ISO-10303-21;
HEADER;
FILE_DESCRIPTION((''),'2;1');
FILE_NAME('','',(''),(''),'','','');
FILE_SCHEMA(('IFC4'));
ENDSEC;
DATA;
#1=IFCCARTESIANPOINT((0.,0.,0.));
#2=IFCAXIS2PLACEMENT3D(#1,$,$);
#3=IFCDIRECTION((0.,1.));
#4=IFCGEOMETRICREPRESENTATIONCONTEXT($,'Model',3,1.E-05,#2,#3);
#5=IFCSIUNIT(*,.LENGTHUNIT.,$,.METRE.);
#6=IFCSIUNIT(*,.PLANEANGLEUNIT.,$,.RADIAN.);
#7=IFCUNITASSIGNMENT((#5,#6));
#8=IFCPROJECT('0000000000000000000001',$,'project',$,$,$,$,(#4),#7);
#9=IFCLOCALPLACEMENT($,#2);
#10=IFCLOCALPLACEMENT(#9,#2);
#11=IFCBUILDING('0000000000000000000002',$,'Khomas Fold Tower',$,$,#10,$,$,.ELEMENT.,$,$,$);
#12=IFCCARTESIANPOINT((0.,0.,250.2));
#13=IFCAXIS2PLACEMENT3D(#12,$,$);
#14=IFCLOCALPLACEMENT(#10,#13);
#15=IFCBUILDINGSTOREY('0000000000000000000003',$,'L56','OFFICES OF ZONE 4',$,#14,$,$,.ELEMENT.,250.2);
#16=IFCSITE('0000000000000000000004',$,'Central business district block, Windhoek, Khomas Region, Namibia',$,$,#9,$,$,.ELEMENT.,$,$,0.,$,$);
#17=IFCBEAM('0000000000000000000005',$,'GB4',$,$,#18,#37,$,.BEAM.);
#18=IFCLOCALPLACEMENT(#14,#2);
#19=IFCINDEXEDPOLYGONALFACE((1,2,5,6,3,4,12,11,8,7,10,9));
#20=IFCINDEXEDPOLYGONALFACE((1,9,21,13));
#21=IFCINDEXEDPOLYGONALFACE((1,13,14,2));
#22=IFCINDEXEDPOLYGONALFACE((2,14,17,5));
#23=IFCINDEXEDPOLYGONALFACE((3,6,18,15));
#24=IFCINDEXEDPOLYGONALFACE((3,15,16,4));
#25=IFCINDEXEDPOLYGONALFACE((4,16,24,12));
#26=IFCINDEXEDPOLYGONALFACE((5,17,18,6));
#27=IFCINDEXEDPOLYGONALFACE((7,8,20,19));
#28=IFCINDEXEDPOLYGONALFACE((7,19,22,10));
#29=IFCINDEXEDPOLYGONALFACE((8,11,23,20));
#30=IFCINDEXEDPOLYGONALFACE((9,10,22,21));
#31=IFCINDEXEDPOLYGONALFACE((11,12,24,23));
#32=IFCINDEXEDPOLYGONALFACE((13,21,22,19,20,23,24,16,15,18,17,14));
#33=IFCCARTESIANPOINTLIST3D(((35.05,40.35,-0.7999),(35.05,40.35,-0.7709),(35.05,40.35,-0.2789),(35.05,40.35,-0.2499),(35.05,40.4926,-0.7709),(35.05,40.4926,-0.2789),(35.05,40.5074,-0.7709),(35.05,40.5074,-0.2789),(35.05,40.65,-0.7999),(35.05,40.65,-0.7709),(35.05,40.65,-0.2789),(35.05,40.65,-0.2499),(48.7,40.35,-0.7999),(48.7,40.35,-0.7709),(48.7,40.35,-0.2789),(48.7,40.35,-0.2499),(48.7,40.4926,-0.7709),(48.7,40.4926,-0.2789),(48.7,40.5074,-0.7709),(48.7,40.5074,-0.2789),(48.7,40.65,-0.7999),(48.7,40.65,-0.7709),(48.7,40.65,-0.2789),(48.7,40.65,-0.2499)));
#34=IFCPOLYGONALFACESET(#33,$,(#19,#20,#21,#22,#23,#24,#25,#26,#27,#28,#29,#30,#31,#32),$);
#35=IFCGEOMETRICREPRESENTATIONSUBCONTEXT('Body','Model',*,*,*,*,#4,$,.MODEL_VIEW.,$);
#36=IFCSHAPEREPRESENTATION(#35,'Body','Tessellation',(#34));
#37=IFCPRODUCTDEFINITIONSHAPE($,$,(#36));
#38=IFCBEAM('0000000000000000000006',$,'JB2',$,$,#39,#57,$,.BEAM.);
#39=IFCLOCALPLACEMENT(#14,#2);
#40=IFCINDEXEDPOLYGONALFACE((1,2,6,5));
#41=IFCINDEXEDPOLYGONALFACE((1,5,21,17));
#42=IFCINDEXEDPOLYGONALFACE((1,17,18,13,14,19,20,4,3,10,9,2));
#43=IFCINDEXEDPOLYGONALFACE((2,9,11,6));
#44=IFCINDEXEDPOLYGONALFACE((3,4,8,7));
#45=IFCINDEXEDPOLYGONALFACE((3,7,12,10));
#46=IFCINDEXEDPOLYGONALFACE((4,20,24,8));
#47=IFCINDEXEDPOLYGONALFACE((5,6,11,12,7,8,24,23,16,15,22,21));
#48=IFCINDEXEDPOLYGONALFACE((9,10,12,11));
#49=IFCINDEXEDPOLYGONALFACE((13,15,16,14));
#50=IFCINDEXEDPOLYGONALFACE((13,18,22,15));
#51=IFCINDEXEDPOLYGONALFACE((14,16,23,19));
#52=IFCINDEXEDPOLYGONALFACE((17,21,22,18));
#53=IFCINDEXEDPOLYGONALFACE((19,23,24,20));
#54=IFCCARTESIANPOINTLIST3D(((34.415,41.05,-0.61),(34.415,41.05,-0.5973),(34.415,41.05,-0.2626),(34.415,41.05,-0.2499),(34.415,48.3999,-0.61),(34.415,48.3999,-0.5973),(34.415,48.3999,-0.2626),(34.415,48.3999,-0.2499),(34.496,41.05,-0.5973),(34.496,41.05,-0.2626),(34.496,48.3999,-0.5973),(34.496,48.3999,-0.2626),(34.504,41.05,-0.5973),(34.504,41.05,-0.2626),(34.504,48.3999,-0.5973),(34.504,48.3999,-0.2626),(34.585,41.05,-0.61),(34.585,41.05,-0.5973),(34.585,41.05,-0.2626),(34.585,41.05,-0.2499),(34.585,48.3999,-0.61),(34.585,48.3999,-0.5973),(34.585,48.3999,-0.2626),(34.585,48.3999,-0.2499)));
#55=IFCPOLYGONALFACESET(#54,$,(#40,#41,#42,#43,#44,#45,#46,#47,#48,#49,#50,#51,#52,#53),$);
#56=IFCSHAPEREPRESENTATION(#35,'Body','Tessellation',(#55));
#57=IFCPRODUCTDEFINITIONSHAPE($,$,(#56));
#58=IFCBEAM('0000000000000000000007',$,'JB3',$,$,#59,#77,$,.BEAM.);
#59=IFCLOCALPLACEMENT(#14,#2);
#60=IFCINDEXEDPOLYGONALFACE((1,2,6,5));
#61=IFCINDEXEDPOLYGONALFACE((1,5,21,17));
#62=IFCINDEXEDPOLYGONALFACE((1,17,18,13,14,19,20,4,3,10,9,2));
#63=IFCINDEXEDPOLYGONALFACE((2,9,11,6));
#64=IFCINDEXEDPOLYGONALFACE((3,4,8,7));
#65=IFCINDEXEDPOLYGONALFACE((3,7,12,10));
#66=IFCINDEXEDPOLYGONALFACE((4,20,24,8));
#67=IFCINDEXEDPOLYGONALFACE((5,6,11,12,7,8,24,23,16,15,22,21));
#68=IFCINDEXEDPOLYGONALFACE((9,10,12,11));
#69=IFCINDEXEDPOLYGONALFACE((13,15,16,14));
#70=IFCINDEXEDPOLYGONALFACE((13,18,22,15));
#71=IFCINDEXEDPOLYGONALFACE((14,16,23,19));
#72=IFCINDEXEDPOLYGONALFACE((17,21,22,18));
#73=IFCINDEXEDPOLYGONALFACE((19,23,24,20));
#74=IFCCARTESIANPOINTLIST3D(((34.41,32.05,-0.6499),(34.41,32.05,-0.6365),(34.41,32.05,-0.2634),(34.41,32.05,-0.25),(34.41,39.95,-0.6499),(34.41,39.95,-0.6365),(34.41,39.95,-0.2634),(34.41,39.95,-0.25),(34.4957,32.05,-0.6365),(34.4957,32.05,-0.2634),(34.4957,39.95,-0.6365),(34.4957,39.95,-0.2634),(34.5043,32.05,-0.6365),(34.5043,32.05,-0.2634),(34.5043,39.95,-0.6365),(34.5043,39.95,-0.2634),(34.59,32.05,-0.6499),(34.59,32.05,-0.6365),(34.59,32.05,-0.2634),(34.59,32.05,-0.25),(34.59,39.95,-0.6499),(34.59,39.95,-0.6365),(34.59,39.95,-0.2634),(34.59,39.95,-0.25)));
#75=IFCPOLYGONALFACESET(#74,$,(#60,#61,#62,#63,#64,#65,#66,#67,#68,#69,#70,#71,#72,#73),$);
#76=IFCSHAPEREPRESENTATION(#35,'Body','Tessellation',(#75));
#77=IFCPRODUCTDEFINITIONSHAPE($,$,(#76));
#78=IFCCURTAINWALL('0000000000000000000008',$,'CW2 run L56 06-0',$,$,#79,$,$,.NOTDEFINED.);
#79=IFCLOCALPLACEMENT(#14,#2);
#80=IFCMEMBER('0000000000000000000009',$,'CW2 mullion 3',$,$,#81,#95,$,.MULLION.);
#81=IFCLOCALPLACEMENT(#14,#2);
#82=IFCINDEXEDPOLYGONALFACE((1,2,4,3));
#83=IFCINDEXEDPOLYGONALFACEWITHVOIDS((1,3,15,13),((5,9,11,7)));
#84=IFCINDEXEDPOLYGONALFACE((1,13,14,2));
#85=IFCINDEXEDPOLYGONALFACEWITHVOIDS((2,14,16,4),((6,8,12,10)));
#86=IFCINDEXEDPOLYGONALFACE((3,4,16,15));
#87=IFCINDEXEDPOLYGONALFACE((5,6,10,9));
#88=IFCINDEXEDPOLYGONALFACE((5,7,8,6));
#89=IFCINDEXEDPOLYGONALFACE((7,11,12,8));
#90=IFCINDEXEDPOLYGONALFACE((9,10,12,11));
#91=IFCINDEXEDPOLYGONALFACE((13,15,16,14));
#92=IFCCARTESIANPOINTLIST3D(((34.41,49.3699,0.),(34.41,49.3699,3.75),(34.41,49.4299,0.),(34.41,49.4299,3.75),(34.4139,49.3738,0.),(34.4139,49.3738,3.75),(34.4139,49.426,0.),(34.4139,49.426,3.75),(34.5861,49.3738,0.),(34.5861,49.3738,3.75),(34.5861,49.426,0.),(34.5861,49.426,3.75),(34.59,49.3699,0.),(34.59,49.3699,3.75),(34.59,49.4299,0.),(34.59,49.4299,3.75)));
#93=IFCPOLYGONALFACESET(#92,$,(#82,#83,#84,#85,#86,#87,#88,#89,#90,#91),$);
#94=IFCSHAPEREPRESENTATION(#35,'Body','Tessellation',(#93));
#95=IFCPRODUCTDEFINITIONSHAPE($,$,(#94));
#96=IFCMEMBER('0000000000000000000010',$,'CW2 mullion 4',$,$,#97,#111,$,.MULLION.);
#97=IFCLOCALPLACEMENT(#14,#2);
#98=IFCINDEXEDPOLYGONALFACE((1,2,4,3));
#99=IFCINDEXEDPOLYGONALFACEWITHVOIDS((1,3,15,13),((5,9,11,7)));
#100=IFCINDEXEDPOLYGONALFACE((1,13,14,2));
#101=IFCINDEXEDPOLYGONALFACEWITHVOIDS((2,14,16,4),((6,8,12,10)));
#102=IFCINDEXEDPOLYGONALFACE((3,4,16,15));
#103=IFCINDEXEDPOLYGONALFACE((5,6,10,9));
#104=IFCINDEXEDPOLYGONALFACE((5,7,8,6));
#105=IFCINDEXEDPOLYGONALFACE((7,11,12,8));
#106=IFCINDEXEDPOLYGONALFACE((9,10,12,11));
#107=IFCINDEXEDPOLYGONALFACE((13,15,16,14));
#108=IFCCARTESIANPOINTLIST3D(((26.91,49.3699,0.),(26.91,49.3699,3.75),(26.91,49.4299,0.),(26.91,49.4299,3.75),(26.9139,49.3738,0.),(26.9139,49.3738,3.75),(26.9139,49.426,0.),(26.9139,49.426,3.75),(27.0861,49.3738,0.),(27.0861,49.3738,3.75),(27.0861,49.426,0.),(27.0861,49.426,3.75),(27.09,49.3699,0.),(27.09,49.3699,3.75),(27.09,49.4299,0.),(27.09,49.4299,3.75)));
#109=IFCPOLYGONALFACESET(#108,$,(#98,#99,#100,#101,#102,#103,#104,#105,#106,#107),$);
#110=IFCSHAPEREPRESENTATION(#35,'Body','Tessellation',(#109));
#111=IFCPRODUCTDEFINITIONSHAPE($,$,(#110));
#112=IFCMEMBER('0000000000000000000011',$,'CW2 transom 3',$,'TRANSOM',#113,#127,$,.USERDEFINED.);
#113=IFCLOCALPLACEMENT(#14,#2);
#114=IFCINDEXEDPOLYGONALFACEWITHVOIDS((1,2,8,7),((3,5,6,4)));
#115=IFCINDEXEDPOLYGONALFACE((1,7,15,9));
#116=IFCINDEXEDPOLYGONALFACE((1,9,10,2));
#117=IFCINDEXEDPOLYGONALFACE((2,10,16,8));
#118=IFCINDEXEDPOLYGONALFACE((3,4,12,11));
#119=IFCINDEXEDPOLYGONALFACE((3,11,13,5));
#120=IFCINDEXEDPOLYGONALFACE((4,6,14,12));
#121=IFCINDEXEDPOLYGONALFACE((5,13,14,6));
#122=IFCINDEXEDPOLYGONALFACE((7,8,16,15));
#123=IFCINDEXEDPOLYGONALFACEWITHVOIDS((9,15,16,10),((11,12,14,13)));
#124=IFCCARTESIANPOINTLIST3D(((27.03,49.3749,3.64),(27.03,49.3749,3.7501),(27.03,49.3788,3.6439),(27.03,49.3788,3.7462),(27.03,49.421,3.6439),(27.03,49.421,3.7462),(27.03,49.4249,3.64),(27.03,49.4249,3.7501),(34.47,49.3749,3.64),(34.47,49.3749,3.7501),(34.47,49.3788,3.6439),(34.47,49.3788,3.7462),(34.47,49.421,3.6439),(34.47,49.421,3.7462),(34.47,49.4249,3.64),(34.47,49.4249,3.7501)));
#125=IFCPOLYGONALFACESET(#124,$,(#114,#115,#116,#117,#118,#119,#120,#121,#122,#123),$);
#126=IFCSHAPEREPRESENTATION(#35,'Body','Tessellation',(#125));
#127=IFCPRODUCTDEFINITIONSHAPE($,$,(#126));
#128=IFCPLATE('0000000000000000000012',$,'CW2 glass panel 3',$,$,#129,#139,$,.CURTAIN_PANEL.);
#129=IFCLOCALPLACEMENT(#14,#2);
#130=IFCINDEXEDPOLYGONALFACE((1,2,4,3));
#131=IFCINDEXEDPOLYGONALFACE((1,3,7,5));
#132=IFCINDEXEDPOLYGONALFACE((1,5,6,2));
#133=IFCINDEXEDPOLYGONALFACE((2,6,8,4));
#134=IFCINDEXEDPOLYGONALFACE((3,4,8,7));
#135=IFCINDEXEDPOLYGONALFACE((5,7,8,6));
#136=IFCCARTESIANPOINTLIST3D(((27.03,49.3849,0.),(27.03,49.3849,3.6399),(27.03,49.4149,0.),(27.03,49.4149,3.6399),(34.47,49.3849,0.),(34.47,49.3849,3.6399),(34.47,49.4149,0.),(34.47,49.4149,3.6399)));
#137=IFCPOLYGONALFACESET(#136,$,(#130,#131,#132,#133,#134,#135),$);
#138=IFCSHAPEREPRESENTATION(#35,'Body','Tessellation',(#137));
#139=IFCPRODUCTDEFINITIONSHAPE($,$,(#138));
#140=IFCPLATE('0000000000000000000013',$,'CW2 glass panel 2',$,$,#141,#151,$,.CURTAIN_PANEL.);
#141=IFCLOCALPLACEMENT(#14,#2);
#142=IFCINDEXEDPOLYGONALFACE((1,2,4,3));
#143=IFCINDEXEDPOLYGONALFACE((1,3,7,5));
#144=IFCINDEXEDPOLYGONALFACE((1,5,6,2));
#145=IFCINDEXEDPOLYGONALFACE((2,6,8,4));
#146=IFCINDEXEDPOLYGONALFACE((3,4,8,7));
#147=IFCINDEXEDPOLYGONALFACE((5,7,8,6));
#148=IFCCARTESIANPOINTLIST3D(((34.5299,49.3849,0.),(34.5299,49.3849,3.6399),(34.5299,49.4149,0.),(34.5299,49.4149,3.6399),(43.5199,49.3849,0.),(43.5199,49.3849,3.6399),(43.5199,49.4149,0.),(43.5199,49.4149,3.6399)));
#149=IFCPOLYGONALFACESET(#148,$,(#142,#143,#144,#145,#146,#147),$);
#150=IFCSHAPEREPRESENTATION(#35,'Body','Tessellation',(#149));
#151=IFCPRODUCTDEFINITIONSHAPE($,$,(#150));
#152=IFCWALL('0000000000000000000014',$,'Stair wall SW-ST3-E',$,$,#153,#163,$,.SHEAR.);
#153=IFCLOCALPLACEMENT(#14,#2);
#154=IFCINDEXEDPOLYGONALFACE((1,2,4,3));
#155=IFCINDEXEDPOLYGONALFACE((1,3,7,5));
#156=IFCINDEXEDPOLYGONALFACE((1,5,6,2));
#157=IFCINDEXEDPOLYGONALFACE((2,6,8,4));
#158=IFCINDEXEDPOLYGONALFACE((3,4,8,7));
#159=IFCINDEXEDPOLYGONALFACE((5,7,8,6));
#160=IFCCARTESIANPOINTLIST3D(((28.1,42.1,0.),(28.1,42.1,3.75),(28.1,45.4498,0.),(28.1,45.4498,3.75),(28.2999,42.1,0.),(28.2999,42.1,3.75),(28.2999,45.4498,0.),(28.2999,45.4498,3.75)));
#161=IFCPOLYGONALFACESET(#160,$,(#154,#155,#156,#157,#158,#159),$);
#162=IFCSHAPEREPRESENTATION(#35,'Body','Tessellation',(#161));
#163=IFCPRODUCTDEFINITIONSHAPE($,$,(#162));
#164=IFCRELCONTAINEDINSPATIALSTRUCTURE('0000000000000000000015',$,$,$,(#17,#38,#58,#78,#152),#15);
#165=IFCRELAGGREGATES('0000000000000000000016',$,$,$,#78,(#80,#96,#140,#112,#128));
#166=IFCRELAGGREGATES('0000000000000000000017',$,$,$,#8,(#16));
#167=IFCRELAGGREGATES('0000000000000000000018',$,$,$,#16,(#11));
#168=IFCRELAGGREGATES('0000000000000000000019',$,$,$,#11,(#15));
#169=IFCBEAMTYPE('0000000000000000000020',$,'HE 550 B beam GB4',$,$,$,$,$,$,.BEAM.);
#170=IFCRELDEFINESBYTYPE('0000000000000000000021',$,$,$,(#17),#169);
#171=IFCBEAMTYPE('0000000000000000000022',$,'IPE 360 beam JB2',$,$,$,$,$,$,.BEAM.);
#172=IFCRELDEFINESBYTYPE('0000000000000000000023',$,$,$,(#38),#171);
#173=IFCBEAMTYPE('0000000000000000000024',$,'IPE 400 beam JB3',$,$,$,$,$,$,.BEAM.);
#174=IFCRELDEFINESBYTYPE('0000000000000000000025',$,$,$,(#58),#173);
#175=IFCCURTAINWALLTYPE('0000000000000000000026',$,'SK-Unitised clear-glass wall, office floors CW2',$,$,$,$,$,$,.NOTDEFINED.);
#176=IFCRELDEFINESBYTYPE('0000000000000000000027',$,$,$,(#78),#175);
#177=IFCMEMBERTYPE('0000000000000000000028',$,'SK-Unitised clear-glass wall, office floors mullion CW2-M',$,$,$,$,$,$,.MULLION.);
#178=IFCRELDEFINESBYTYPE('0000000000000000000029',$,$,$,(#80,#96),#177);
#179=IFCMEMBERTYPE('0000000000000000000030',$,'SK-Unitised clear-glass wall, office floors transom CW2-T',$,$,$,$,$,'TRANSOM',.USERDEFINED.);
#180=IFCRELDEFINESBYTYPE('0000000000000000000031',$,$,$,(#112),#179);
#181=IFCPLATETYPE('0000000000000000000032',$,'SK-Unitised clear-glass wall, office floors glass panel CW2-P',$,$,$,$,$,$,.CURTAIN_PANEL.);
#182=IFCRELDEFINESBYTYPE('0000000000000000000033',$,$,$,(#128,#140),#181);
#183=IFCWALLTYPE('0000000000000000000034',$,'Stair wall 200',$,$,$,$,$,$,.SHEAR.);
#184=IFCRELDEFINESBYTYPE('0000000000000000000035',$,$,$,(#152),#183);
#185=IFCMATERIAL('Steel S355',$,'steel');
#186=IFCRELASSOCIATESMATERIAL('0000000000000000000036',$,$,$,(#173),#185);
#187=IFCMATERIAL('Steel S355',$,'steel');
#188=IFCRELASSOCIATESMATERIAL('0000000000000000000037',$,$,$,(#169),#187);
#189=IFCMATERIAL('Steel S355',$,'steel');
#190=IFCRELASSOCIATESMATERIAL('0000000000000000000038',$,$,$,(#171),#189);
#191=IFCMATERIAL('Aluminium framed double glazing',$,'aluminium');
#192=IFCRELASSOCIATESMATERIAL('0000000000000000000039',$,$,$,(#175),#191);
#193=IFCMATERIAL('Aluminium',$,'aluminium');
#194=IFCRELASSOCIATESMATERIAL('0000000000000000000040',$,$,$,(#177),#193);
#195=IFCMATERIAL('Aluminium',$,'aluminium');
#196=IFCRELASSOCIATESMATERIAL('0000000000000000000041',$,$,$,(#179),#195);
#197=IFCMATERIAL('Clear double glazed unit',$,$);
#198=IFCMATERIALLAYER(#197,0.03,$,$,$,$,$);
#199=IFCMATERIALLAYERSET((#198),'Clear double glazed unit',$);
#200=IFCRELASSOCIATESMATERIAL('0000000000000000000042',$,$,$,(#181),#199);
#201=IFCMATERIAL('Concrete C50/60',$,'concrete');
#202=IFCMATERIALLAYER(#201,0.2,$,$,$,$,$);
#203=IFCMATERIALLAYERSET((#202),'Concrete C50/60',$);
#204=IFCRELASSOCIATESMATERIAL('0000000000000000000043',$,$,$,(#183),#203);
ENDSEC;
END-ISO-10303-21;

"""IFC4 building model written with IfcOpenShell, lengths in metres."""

from ifc_helpers import new_model, si_unit, direction, frame, frame_2d, origin, origin_2d, place, context, subcontext, project, spatial, rectangle, hollow_rectangle, i_section, extrude, source, transform, mapped, material, layer, layer_set, material_profile, profile_set, type_object, element, aggregate, save


model = new_model("IFC4")

# Units and contexts
model_context = context("Model", 3, precision=1e-05, world=origin(), true_north=direction((0.0, 1.0)))
body_context = subcontext(model_context, "Body", "Model", "MODEL_VIEW")
ifc_project = project(units=[si_unit("LENGTHUNIT", "METRE"), si_unit("PLANEANGLEUNIT", "RADIAN")], contexts=[model_context])

# Site, building, storey
site_placement = place(None, origin())
site = spatial("IfcSite", under=ifc_project, at=site_placement, Name="Central business district block, Windhoek, Khomas Region, Namibia", CompositionType="ELEMENT", RefElevation=0.0)
building_placement = place(site_placement, origin())
building = spatial("IfcBuilding", under=site, at=building_placement, Name="Khomas Fold Tower", CompositionType="ELEMENT")
storey_placement = place(building_placement, frame((0.0, 0.0, 250.2)))
storey = spatial("IfcBuildingStorey", under=building, at=storey_placement, Name="L56", Description="OFFICES OF ZONE 4", CompositionType="ELEMENT", Elevation=250.2)

# Beams
ifc_material_1 = material(Name="Steel S355", Category="steel")
ifc_material_profile_1 = material_profile(ifc_material_1, i_section(OverallWidth=0.1799, OverallDepth=0.3999, WebThickness=0.0085, FlangeThickness=0.0134, at=origin_2d()), Name="IPE 400")
ifc_profile_set_1 = profile_set([ifc_material_profile_1], Name="Steel S355")
beam_type_1 = type_object("IfcBeamType", Name="IPE 400 beam JB3", PredefinedType="BEAM", material=ifc_profile_set_1)
ifc_material_2 = material(Name="Steel S355", Category="steel")
ifc_material_profile_2 = material_profile(ifc_material_2, i_section(OverallWidth=0.3, OverallDepth=0.55, WebThickness=0.0149, FlangeThickness=0.0291, at=origin_2d()), Name="HE 550 B")
ifc_profile_set_2 = profile_set([ifc_material_profile_2], Name="Steel S355")
beam_type_2 = type_object("IfcBeamType", Name="HE 550 B beam GB4", PredefinedType="BEAM", material=ifc_profile_set_2)
shared_shape_1 = source(origin(), body_context, "Body", "SweptSolid", [
    extrude(i_section(OverallWidth=0.3, OverallDepth=0.55, WebThickness=0.0149, FlangeThickness=0.0291, at=origin_2d()), origin(), (0.0, 0.0, 1.0), 13.6499),
])
for number, where, z_axis, x_axis, name in (
    (1, (35.05, 40.5, -0.5249), (1.0, 0.0, 0.0), (0.0, 1.0, 0.0), "GB4"),
):
    element("IfcBeam", number, at=place(storey_placement, frame(where, z_axis=z_axis, x_axis=x_axis)), inside=storey, type_object=beam_type_2, Name=name, PredefinedType="BEAM", context=body_context, shape_type="MappedRepresentation", body=[
        mapped(shared_shape_1, transform((0.0, 0.0, 0.0))),
    ])
ifc_material_3 = material(Name="Steel S355", Category="steel")
ifc_material_profile_3 = material_profile(ifc_material_3, i_section(OverallWidth=0.1699, OverallDepth=0.3601, WebThickness=0.0081, FlangeThickness=0.0127, at=origin_2d()), Name="IPE 360")
ifc_profile_set_3 = profile_set([ifc_material_profile_3], Name="Steel S355")
beam_type_3 = type_object("IfcBeamType", Name="IPE 360 beam JB2", PredefinedType="BEAM", material=ifc_profile_set_3)
shared_shape_2 = source(origin(), body_context, "Body", "SweptSolid", [
    extrude(i_section(OverallWidth=0.1699, OverallDepth=0.3601, WebThickness=0.0081, FlangeThickness=0.0127, at=origin_2d()), origin(), (0.0, 0.0, 1.0), 7.3499),
])
beam_1_placement = place(storey_placement, frame((34.5, 41.05, -0.4299), z_axis=(0.0, 1.0, 0.0), x_axis=(-1.0, 0.0, 0.0)))
element("IfcBeam", 2, at=beam_1_placement, inside=storey, type_object=beam_type_3, Name="JB2", PredefinedType="BEAM", context=body_context, shape_type="MappedRepresentation", body=[
    mapped(shared_shape_2, transform((0.0, 0.0, 0.0))),
])
shared_shape_3 = source(origin(), body_context, "Body", "SweptSolid", [
    extrude(i_section(OverallWidth=0.1799, OverallDepth=0.3999, WebThickness=0.0085, FlangeThickness=0.0134, at=origin_2d()), origin(), (0.0, 0.0, 1.0), 7.8999),
])
beam_2_placement = place(storey_placement, frame((34.5, 32.05, -0.45), z_axis=(0.0, 1.0, 0.0), x_axis=(-1.0, 0.0, 0.0)))
element("IfcBeam", 3, at=beam_2_placement, inside=storey, type_object=beam_type_1, Name="JB3", PredefinedType="BEAM", context=body_context, shape_type="MappedRepresentation", body=[
    mapped(shared_shape_3, transform((0.0, 0.0, 0.0))),
])

# Curtain wall, members, plates
ifc_material_4 = material(Name="Aluminium framed double glazing", Category="aluminium")
curtain_wall_type = type_object("IfcCurtainWallType", Name="SK-Unitised clear-glass wall, office floors CW2", PredefinedType="NOTDEFINED", material=ifc_material_4)
curtain_wall_placement = place(storey_placement, origin())
curtain_wall = element("IfcCurtainWall", 4, at=curtain_wall_placement, inside=storey, type_object=curtain_wall_type, Name="CW2 run L56 06-0", PredefinedType="NOTDEFINED")
ifc_material_5 = material(Name="Aluminium", Category="aluminium")
ifc_material_profile_4 = material_profile(ifc_material_5, hollow_rectangle(XDim=0.0601, YDim=0.1799, WallThickness=0.0039, at=origin_2d()), Name="SK-Unitised clear-glass wall, office floors mullion CW2-M")
ifc_profile_set_4 = profile_set([ifc_material_profile_4], Name="Aluminium")
member_type_1 = type_object("IfcMemberType", Name="SK-Unitised clear-glass wall, office floors mullion CW2-M", PredefinedType="MULLION", material=ifc_profile_set_4)
shared_shape_4 = source(origin(), body_context, "Body", "SweptSolid", [
    extrude(hollow_rectangle(XDim=0.0601, YDim=0.1799, WallThickness=0.0039, at=origin_2d()), origin(), (0.0, 0.0, 1.0), 3.75),
])
member_1_placement = place(storey_placement, frame((34.5, 49.3999, 0.0), z_axis=(0.0, 0.0, 1.0), x_axis=(0.0, -1.0, 0.0)))
member_1 = element("IfcMember", 5, at=member_1_placement, type_object=member_type_1, Name="CW2 mullion 3", PredefinedType="MULLION", context=body_context, shape_type="MappedRepresentation", body=[
    mapped(shared_shape_4, transform((0.0, 0.0, 0.0))),
])
member_2_placement = place(storey_placement, frame((27.0, 49.3999, 0.0), z_axis=(0.0, 0.0, 1.0), x_axis=(0.0, -1.0, 0.0)))
member_2 = element("IfcMember", 6, at=member_2_placement, type_object=member_type_1, Name="CW2 mullion 4", PredefinedType="MULLION", context=body_context, shape_type="MappedRepresentation", body=[
    mapped(shared_shape_4, transform((0.0, 0.0, 0.0))),
])
ifc_material_6 = material(Name="Aluminium", Category="aluminium")
ifc_material_profile_5 = material_profile(ifc_material_6, hollow_rectangle(XDim=0.05, YDim=0.1101, WallThickness=0.0039, at=origin_2d()), Name="SK-Unitised clear-glass wall, office floors transom CW2-T")
ifc_profile_set_5 = profile_set([ifc_material_profile_5], Name="Aluminium")
member_type_2 = type_object("IfcMemberType", Name="SK-Unitised clear-glass wall, office floors transom CW2-T", ElementType="TRANSOM", PredefinedType="USERDEFINED", material=ifc_profile_set_5)
shared_shape_5 = source(origin(), body_context, "Body", "SweptSolid", [
    extrude(hollow_rectangle(XDim=0.05, YDim=0.1101, WallThickness=0.0039, at=origin_2d()), origin(), (0.0, 0.0, 1.0), 7.4399),
])
member_3_placement = place(storey_placement, frame((34.47, 49.3999, 3.6951), z_axis=(-1.0, 0.0, 0.0), x_axis=(0.0, -1.0, 0.0)))
member_3 = element("IfcMember", 7, at=member_3_placement, type_object=member_type_2, Name="CW2 transom 3", ObjectType="TRANSOM", PredefinedType="USERDEFINED", context=body_context, shape_type="MappedRepresentation", body=[
    mapped(shared_shape_5, transform((0.0, 0.0, 0.0))),
])
ifc_material_7 = material(Name="Clear double glazed unit")
ifc_layer_1 = layer(ifc_material_7, 0.03)
ifc_layer_set_1 = layer_set([ifc_layer_1], Name="Clear double glazed unit")
plate_type = type_object("IfcPlateType", Name="SK-Unitised clear-glass wall, office floors glass panel CW2-P", PredefinedType="CURTAIN_PANEL", material=ifc_layer_set_1)
shared_shape_6 = source(origin(), body_context, "Body", "SweptSolid", [
    extrude(rectangle(XDim=7.4399, YDim=0.03, at=origin_2d()), origin(), (0.0, 0.0, 1.0), 3.6399),
])
plate_1_placement = place(storey_placement, frame((30.75, 49.3999, 0.0), z_axis=(0.0, 0.0, 1.0), x_axis=(-1.0, 0.0, 0.0)))
plate_1 = element("IfcPlate", 8, at=plate_1_placement, type_object=plate_type, Name="CW2 glass panel 3", PredefinedType="CURTAIN_PANEL", context=body_context, shape_type="MappedRepresentation", body=[
    mapped(shared_shape_6, transform((0.0, 0.0, 0.0))),
])
shared_shape_7 = source(origin(), body_context, "Body", "SweptSolid", [
    extrude(rectangle(XDim=8.99, YDim=0.03, at=origin_2d()), origin(), (0.0, 0.0, 1.0), 3.6399),
])
plate_2_placement = place(storey_placement, frame((39.0249, 49.3999, 0.0), z_axis=(0.0, 0.0, 1.0), x_axis=(-1.0, 0.0, 0.0)))
plate_2 = element("IfcPlate", 9, at=plate_2_placement, type_object=plate_type, Name="CW2 glass panel 2", PredefinedType="CURTAIN_PANEL", context=body_context, shape_type="MappedRepresentation", body=[
    mapped(shared_shape_7, transform((0.0, 0.0, 0.0))),
])
aggregate(curtain_wall, [member_1, member_2, plate_2, member_3, plate_1])

# Wall
ifc_material_8 = material(Name="Concrete C50/60", Category="concrete")
ifc_layer_2 = layer(ifc_material_8, 0.2)
ifc_layer_set_2 = layer_set([ifc_layer_2], Name="Concrete C50/60")
wall_type_1 = type_object("IfcWallType", Name="Stair wall 200", PredefinedType="SHEAR", material=ifc_layer_set_2)
shared_shape_8 = source(origin(), body_context, "Body", "SweptSolid", [
    extrude(rectangle(XDim=3.3499, YDim=0.2, at=frame_2d((1.6748, 0.0))), origin(), (0.0, 0.0, 1.0), 3.75),
])
wall_1_placement = place(storey_placement, frame((28.2, 42.1001, 0.0), z_axis=(0.0, 0.0, 1.0), x_axis=(0.0, 1.0, 0.0)))
element("IfcWall", 10, at=wall_1_placement, inside=storey, type_object=wall_type_1, Name="Stair wall SW-ST3-E", PredefinedType="SHEAR", context=body_context, shape_type="MappedRepresentation", body=[
    mapped(shared_shape_8, transform((0.0, 0.0, 0.0))),
])

save(model, "model.ifc")
